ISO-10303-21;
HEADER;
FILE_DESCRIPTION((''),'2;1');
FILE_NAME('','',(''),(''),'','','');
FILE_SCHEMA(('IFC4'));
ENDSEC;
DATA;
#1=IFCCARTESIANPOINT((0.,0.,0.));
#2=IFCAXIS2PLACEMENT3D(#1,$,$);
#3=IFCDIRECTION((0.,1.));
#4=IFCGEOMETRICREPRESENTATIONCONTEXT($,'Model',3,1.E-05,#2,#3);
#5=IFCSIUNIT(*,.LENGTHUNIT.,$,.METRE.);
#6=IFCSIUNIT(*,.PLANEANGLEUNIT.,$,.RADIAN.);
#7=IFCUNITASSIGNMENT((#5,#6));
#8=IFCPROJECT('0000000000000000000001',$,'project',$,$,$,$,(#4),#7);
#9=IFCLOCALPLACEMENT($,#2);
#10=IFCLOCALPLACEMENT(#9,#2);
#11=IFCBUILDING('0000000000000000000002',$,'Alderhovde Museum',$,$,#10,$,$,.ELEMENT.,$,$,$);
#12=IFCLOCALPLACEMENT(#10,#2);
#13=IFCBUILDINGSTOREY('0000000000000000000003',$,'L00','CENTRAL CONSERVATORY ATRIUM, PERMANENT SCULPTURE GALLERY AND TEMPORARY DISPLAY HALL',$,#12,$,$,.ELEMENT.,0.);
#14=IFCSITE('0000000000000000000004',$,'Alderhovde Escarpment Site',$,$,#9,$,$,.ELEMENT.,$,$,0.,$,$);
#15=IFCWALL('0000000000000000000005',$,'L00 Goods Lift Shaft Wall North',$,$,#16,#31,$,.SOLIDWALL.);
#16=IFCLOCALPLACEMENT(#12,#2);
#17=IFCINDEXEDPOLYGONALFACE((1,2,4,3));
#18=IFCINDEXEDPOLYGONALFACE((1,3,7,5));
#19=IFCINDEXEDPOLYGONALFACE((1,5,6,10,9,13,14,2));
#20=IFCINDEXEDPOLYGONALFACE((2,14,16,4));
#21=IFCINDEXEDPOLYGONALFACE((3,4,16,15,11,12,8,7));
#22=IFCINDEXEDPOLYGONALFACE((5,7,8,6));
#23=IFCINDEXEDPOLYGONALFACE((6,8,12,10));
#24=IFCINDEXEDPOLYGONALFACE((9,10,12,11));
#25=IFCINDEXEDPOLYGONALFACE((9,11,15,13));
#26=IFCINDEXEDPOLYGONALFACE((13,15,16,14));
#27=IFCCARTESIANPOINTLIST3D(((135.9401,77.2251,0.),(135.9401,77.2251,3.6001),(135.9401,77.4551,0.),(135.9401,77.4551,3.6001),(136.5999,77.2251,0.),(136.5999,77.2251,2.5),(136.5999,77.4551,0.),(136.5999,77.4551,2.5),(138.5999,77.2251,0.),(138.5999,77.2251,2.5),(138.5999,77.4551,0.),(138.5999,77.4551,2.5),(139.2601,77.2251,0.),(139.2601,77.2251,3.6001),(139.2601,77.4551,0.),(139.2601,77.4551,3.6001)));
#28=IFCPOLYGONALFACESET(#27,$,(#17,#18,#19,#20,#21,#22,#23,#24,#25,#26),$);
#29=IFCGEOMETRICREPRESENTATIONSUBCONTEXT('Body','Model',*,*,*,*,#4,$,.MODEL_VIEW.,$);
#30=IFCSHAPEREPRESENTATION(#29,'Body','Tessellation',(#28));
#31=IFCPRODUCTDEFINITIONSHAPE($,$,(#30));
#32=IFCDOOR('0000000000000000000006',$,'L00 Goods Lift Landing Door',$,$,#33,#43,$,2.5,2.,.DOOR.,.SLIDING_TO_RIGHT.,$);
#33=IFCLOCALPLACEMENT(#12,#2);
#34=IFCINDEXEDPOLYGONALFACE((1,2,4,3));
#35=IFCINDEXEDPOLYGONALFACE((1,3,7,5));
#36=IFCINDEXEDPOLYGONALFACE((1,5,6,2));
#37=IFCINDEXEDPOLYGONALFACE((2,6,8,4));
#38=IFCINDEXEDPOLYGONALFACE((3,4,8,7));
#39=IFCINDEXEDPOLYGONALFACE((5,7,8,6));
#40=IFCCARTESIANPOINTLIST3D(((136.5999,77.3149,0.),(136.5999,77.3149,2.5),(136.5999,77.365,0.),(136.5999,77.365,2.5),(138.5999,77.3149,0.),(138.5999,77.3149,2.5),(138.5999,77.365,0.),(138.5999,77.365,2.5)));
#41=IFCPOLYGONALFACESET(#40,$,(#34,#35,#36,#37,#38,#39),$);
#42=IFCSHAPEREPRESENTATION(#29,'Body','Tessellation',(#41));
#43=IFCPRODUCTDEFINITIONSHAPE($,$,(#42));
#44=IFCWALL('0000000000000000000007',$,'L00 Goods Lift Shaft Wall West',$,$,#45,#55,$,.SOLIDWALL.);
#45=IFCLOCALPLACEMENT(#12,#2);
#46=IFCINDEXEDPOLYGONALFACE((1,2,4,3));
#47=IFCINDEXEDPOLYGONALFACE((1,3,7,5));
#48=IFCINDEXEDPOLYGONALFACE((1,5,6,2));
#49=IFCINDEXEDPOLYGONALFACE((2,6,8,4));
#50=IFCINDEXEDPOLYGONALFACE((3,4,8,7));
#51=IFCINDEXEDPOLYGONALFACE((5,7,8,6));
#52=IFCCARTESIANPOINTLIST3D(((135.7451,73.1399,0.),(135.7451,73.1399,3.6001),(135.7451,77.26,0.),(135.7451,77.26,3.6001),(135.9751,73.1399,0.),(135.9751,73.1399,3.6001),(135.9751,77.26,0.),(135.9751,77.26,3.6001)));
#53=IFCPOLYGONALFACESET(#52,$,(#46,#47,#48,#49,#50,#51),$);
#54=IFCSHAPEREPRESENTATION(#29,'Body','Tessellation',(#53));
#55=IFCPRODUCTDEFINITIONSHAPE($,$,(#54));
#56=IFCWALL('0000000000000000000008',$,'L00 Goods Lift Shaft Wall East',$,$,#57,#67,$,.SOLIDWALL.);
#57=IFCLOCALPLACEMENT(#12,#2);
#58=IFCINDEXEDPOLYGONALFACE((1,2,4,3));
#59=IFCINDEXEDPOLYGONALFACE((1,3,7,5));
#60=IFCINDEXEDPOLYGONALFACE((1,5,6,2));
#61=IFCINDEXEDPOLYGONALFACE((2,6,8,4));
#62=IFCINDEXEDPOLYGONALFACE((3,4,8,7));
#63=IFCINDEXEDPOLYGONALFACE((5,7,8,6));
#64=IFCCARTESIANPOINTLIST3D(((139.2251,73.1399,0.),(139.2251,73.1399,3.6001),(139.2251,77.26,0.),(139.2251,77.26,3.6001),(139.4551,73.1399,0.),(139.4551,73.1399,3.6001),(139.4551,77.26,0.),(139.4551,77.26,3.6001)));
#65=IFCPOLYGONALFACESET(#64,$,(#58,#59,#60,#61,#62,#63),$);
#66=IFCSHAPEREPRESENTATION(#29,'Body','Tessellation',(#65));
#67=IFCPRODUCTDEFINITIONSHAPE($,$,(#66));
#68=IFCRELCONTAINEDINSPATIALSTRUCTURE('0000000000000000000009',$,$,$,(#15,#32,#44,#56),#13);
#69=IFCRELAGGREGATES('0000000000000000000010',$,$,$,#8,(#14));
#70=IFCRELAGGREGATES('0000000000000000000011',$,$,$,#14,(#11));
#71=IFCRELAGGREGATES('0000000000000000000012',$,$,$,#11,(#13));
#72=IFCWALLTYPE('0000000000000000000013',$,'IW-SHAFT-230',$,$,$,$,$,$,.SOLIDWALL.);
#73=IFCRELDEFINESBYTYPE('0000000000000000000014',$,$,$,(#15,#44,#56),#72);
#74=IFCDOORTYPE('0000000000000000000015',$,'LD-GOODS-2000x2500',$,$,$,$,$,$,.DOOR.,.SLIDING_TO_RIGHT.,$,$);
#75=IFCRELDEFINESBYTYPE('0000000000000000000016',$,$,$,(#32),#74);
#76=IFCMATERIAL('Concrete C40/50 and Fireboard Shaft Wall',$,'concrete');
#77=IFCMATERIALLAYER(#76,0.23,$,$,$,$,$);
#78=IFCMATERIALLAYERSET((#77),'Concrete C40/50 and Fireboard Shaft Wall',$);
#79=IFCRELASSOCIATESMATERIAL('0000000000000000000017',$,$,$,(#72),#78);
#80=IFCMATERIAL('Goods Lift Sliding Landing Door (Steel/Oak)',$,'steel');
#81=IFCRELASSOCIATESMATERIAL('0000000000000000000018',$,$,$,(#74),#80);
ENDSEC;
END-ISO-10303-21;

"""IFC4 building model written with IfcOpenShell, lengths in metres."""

from ifc_helpers import new_model, si_unit, direction, frame, frame_2d, origin, place, context, subcontext, project, spatial, rectangle, extrude, material, layer, layer_set, type_object, element, fill, save


model = new_model("IFC4")

# Units and contexts
model_context = context("Model", 3, precision=1e-05, world=origin(), true_north=direction((0.0, 1.0)))
body_context = subcontext(model_context, "Body", "Model", "MODEL_VIEW")
ifc_project = project(units=[si_unit("LENGTHUNIT", "METRE"), si_unit("PLANEANGLEUNIT", "RADIAN")], contexts=[model_context])

# Site, building, storey
site_placement = place(None, origin())
site = spatial("IfcSite", under=ifc_project, at=site_placement, Name="Alderhovde Escarpment Site", CompositionType="ELEMENT", RefElevation=0.0)
building_placement = place(site_placement, origin())
building = spatial("IfcBuilding", under=site, at=building_placement, Name="Alderhovde Museum", CompositionType="ELEMENT")
storey_placement = place(building_placement, origin())
storey = spatial("IfcBuildingStorey", under=building, at=storey_placement, Name="L00", Description="CENTRAL CONSERVATORY ATRIUM, PERMANENT SCULPTURE GALLERY AND TEMPORARY DISPLAY HALL", CompositionType="ELEMENT", Elevation=0.0)

# Wall, opening, door
ifc_material_1 = material(Name="Concrete C40/50 and Fireboard Shaft Wall", Category="concrete")
ifc_layer_1 = layer(ifc_material_1, 0.23)
ifc_layer_set_1 = layer_set([ifc_layer_1], Name="Concrete C40/50 and Fireboard Shaft Wall")
wall_type_1 = type_object("IfcWallType", Name="IW-SHAFT-230", PredefinedType="SOLIDWALL", material=ifc_layer_set_1)
wall_1_placement = place(storey_placement, frame((135.9399, 77.3401, 0.0), z_axis=(0.0, 0.0, 1.0), x_axis=(1.0, 0.0, 0.0)))
wall_1 = element("IfcWall", 1, at=wall_1_placement, inside=storey, type_object=wall_type_1, Name="L00 Goods Lift Shaft Wall North", PredefinedType="SOLIDWALL", context=body_context, shape_type="SweptSolid", body=[
    extrude(rectangle(XDim=3.3201, YDim=0.23, at=frame_2d((1.6602, 0.0))), origin(), (0.0, 0.0, 1.0), 3.6001),
])
opening_1_placement = place(wall_1_placement, frame((0.6599, 0.0, 0.0)))
opening_1 = element("IfcOpeningElement", 2, at=opening_1_placement, cuts=wall_1, PredefinedType="OPENING", context=body_context, shape_type="SweptSolid", body=[
    extrude(rectangle(XDim=2.0, YDim=2.5, at=frame_2d((1.0, 1.25))), frame((0.0, 0.125, 0.0), z_axis=(0.0, -1.0, 0.0), x_axis=(1.0, 0.0, 0.0)), (0.0, 0.0, 1.0), 0.25),
])
ifc_material_2 = material(Name="Goods Lift Sliding Landing Door (Steel/Oak)", Category="steel")
door_type = type_object("IfcDoorType", Name="LD-GOODS-2000x2500", OperationType="SLIDING_TO_RIGHT", PredefinedType="DOOR", material=ifc_material_2)
door_placement = place(opening_1_placement, origin())
door = element("IfcDoor", 3, at=door_placement, inside=storey, type_object=door_type, Name="L00 Goods Lift Landing Door", OperationType="SLIDING_TO_RIGHT", OverallHeight=2.5, OverallWidth=2.0, PredefinedType="DOOR", context=body_context, shape_type="SweptSolid", body=[
    extrude(rectangle(XDim=2.0, YDim=2.5, at=frame_2d((1.0, 1.25))), frame((0.0, 0.0249, 0.0), z_axis=(0.0, -1.0, 0.0), x_axis=(1.0, 0.0, 0.0)), (0.0, 0.0, 1.0), 0.05),
])
fill(opening_1, door)

# Walls
for number, where, z_axis, x_axis, name in (
    (4, (135.8601, 73.1399, 0.0), (0.0, 0.0, 1.0), (0.0, 1.0, 0.0), "L00 Goods Lift Shaft Wall West"),
    (5, (139.3401, 73.1399, 0.0), (0.0, 0.0, 1.0), (0.0, 1.0, 0.0), "L00 Goods Lift Shaft Wall East"),
):
    element("IfcWall", number, at=place(storey_placement, frame(where, z_axis=z_axis, x_axis=x_axis)), inside=storey, type_object=wall_type_1, Name=name, PredefinedType="SOLIDWALL", context=body_context, shape_type="SweptSolid", body=[
        extrude(rectangle(XDim=4.1201, YDim=0.23, at=frame_2d((2.0601, 0.0))), origin(), (0.0, 0.0, 1.0), 3.6001),
    ])

save(model, "model.ifc")
